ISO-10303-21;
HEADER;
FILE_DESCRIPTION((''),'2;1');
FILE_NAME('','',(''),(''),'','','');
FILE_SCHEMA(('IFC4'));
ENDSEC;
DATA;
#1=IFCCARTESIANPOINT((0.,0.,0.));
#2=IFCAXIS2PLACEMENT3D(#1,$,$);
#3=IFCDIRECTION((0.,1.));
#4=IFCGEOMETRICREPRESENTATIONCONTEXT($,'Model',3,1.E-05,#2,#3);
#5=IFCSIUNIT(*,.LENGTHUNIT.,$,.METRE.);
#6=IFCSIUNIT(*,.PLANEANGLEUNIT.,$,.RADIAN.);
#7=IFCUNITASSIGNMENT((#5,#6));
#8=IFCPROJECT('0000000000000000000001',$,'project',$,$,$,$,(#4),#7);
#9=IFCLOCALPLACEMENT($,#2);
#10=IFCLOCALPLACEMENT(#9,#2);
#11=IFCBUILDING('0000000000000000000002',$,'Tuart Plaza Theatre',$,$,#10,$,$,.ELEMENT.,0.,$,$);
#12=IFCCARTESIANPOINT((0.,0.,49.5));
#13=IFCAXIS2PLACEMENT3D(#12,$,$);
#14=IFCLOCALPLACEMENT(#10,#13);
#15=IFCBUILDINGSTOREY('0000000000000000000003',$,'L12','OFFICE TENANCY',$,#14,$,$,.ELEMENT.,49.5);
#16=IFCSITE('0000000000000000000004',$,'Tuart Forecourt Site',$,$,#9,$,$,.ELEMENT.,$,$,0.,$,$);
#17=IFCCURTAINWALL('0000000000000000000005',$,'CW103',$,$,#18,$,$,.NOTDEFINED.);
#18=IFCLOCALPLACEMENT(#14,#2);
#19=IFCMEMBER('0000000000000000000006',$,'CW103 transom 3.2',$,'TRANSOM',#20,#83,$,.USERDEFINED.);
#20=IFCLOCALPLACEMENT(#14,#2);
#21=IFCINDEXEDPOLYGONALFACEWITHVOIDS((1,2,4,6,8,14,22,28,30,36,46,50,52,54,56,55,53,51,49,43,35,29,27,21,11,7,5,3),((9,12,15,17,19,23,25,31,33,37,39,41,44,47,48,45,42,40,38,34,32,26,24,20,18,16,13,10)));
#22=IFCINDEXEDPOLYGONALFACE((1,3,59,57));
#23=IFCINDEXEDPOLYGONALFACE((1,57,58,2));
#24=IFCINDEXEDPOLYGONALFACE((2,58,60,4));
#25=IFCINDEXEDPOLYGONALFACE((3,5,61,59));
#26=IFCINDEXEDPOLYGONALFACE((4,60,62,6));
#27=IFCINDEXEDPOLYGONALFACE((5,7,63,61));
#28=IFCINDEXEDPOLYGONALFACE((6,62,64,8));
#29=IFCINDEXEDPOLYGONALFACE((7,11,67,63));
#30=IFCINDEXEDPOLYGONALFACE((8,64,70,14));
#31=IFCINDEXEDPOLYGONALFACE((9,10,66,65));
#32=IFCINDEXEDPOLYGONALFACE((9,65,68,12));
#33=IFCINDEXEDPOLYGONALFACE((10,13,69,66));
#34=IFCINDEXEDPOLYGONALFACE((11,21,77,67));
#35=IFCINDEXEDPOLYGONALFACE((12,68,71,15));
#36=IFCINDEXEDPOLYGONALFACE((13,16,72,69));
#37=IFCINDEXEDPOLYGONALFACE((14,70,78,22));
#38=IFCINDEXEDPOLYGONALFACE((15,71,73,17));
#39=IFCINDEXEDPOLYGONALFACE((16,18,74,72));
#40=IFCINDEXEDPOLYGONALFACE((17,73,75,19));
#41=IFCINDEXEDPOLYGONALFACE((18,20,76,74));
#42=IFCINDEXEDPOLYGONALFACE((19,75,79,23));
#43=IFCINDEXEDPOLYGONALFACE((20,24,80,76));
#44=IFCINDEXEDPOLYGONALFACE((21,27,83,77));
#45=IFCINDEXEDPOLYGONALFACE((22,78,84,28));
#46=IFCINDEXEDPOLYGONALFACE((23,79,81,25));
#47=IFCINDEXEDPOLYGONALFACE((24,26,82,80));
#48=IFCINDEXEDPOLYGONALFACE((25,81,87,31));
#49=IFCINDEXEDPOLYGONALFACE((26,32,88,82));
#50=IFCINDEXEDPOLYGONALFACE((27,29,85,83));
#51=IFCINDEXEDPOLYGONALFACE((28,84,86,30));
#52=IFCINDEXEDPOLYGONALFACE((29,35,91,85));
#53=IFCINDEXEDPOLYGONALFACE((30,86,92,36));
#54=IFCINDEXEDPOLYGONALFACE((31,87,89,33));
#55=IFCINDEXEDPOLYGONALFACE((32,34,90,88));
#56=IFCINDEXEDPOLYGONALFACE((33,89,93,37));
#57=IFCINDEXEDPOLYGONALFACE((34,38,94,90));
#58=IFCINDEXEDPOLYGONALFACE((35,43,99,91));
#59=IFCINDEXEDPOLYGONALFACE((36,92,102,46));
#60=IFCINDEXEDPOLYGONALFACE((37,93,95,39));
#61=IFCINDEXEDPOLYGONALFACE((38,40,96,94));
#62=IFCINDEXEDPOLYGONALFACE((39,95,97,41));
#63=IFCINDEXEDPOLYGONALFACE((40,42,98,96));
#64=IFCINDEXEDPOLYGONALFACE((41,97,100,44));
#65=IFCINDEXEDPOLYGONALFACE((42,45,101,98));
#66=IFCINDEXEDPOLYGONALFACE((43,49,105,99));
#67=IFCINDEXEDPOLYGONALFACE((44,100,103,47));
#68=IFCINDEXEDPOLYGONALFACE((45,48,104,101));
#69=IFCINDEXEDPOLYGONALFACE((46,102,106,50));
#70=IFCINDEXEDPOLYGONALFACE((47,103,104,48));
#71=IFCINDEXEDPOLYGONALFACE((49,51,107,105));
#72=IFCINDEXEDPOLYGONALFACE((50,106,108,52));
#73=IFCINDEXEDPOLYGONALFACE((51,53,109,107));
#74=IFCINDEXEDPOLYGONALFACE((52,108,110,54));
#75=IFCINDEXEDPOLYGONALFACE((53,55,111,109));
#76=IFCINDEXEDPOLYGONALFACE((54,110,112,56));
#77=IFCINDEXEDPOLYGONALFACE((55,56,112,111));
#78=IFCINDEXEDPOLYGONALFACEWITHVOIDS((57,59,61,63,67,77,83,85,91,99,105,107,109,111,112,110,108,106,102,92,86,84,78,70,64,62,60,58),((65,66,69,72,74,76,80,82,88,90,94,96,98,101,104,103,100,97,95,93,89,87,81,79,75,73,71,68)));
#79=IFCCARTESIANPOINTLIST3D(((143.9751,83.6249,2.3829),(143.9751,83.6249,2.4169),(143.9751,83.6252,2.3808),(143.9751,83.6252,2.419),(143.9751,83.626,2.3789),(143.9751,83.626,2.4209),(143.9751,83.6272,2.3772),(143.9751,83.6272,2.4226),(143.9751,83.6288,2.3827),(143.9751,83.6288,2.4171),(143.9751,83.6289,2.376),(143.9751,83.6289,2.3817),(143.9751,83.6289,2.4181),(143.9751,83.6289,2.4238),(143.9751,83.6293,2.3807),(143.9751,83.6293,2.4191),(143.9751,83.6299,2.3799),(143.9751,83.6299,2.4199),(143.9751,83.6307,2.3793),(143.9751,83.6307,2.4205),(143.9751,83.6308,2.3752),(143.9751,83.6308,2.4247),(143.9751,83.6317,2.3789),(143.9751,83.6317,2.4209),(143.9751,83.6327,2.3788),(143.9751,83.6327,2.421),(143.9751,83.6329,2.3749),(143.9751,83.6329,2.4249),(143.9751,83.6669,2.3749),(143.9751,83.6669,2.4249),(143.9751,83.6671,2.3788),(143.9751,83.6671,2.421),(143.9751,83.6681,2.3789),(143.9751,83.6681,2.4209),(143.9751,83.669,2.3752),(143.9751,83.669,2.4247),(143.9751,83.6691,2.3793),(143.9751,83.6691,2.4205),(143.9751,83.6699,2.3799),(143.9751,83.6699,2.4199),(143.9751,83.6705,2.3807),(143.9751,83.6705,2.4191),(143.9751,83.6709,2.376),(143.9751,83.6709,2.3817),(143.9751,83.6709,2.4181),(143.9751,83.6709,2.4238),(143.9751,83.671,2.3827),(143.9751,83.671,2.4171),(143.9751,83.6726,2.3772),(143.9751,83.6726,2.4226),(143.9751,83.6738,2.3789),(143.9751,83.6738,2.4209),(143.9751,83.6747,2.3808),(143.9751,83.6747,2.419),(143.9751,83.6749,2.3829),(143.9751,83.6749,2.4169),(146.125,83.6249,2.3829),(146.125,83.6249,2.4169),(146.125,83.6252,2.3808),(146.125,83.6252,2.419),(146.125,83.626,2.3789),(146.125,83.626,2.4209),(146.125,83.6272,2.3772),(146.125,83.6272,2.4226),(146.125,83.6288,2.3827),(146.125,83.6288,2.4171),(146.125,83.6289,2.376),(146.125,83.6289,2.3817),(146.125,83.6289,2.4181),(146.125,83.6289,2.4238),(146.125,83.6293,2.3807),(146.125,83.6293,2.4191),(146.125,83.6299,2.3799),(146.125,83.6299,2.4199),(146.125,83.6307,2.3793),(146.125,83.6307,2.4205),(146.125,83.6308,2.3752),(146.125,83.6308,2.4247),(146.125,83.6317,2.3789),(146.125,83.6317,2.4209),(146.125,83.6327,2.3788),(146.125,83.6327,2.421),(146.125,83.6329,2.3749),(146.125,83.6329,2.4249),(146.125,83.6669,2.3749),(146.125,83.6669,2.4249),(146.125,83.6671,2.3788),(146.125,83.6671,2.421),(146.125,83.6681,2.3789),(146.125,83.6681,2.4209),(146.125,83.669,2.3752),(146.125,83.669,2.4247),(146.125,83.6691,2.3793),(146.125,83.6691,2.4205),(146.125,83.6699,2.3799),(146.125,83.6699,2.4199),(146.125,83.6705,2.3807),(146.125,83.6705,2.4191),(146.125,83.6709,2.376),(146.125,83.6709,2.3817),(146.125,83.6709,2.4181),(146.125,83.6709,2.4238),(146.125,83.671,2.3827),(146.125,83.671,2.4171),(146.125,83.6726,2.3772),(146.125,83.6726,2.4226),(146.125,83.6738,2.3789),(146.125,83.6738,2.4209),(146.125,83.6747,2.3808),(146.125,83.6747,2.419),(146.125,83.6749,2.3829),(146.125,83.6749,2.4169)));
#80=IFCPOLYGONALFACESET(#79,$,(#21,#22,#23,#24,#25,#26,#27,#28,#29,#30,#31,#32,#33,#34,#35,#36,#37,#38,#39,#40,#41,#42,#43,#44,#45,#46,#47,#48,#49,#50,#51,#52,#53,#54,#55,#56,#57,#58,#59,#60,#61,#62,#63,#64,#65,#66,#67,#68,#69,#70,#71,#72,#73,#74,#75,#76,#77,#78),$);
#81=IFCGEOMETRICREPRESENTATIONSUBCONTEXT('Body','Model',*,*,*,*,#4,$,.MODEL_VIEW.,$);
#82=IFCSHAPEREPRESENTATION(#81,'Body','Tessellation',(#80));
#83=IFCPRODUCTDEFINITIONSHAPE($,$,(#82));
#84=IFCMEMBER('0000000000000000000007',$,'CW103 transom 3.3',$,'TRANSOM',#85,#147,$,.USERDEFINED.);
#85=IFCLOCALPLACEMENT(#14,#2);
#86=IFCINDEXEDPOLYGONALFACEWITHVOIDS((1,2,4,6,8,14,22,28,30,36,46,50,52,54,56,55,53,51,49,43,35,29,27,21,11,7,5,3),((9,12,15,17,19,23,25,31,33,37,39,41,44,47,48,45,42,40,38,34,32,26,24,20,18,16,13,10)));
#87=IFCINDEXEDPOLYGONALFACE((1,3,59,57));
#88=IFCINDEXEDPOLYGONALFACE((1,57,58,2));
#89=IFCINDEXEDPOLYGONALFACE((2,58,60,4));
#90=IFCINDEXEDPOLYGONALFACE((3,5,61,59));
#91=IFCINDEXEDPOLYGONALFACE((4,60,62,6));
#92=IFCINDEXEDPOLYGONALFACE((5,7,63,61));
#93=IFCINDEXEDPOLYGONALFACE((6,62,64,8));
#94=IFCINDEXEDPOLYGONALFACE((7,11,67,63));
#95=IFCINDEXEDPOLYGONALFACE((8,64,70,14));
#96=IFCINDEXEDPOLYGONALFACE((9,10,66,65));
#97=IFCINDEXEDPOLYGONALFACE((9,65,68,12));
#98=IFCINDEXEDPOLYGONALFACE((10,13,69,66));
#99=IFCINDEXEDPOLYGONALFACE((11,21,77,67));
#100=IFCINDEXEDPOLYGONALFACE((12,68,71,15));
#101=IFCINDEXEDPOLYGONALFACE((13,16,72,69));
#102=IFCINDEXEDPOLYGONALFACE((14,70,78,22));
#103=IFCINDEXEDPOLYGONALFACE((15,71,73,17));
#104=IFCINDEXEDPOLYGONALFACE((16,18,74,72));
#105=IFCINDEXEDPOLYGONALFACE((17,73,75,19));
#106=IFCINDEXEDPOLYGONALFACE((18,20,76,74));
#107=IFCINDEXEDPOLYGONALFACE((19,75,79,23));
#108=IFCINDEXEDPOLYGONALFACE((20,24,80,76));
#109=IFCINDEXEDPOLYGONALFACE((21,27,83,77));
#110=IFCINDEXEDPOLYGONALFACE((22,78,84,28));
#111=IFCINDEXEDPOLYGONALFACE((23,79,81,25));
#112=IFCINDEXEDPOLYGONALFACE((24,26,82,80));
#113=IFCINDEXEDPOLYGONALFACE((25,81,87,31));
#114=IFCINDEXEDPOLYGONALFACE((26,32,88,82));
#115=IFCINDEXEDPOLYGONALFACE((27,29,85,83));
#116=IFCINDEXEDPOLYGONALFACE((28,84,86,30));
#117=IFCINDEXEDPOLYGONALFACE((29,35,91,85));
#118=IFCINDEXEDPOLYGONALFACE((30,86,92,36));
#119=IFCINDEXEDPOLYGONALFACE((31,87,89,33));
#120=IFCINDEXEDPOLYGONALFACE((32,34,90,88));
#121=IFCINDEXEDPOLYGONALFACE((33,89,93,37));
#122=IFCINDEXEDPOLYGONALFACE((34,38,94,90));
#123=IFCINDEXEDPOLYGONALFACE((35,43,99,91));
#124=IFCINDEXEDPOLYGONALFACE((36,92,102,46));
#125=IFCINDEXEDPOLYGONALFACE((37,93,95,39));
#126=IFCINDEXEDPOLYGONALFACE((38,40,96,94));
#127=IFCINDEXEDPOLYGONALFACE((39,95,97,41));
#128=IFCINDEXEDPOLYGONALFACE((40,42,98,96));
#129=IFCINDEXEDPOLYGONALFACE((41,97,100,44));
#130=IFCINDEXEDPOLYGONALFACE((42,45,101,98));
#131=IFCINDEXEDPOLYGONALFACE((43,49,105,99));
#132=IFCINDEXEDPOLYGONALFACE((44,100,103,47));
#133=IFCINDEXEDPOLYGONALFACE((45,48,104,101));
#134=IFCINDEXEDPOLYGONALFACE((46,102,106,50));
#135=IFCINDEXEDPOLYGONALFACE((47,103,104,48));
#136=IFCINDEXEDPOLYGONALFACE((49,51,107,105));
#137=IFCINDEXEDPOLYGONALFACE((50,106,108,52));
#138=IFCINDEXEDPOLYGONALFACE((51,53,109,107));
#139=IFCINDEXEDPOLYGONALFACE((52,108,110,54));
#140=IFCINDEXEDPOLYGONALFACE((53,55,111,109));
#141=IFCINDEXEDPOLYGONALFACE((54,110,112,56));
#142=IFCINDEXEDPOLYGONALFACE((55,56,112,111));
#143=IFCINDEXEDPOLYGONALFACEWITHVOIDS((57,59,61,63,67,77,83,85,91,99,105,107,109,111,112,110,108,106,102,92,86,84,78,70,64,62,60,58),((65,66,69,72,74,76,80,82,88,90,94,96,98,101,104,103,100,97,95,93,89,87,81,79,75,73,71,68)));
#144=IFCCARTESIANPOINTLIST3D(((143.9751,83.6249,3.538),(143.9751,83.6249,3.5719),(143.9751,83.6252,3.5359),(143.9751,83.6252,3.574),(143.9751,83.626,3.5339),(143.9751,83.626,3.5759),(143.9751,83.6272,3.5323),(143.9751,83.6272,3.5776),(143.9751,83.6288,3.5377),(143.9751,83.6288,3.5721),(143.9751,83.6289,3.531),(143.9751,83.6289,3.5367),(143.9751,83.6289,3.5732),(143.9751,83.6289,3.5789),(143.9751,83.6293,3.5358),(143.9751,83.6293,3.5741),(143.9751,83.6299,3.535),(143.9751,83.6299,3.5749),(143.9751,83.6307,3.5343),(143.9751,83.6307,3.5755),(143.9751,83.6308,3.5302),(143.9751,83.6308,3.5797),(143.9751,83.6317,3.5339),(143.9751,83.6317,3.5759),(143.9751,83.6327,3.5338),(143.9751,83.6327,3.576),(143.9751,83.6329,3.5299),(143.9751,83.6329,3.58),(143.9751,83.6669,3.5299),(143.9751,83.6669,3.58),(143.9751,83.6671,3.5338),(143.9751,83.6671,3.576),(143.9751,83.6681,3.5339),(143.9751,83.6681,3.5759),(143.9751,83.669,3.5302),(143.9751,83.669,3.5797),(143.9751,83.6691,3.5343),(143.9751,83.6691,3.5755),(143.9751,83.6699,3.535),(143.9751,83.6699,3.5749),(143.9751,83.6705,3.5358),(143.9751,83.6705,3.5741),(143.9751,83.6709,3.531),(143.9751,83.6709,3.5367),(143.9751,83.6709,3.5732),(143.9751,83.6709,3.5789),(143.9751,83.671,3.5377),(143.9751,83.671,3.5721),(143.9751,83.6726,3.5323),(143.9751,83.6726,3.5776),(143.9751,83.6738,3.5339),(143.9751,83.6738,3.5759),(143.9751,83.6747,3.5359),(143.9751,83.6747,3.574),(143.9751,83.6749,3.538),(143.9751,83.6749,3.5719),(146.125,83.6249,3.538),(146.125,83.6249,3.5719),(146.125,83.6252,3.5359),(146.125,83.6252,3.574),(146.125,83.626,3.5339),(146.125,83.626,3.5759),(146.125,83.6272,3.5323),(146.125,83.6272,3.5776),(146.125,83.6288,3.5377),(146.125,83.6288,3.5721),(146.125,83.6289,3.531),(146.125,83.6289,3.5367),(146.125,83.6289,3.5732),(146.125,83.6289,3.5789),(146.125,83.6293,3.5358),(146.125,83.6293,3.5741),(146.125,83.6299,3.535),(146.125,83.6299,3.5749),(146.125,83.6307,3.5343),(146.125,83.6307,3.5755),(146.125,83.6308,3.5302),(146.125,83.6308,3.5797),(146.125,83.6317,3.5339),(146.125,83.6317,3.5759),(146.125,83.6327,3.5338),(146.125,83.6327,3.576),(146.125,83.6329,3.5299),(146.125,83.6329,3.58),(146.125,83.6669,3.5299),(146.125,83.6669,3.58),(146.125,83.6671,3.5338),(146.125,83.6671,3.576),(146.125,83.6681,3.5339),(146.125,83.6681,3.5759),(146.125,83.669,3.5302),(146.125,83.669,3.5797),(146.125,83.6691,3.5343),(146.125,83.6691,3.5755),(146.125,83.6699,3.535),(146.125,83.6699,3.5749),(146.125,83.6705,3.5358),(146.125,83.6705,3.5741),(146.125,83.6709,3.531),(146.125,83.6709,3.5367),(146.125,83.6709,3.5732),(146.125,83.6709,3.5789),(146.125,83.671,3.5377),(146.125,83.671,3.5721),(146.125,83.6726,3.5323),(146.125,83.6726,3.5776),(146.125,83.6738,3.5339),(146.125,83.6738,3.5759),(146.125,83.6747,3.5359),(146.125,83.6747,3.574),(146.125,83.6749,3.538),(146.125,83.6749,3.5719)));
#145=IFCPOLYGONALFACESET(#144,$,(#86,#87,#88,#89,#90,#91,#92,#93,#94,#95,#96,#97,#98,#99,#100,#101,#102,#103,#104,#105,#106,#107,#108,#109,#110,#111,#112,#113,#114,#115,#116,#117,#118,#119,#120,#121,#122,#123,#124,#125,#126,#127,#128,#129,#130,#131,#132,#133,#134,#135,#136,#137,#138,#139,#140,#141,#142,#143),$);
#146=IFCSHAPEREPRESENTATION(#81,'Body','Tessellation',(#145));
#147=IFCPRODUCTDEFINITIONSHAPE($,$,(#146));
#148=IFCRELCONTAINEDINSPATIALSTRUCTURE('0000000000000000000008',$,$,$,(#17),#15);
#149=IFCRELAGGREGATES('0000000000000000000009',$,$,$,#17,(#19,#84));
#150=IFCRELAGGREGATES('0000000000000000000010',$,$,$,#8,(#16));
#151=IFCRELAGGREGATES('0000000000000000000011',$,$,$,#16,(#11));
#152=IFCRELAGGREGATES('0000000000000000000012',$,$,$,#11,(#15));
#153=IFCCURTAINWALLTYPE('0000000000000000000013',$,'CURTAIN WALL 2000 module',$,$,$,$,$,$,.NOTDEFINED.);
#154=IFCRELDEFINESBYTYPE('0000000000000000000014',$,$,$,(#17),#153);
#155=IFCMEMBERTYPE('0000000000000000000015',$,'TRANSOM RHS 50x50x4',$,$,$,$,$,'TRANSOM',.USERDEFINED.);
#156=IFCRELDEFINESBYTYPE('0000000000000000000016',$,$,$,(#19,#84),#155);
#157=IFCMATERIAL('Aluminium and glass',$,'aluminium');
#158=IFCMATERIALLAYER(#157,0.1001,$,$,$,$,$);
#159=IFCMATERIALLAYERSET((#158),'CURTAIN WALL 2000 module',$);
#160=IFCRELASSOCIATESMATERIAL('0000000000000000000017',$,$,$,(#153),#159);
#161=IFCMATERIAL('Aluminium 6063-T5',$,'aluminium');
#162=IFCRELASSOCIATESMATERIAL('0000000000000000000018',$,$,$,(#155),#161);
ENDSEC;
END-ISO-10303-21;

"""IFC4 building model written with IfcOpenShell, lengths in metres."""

from ifc_helpers import new_model, si_unit, direction, frame, origin, origin_2d, place, context, subcontext, project, spatial, hollow_rectangle, extrude, material, layer, layer_set, material_profile, profile_set, type_object, element, aggregate, save


model = new_model("IFC4")

# Units and contexts
model_context = context("Model", 3, precision=1e-05, world=origin(), true_north=direction((0.0, 1.0)))
body_context = subcontext(model_context, "Body", "Model", "MODEL_VIEW")
ifc_project = project(units=[si_unit("LENGTHUNIT", "METRE"), si_unit("PLANEANGLEUNIT", "RADIAN")], contexts=[model_context])

# Site, building, storey
site_placement = place(None, origin())
site = spatial("IfcSite", under=ifc_project, at=site_placement, Name="Tuart Forecourt Site", CompositionType="ELEMENT", RefElevation=0.0)
building_placement = place(site_placement, origin())
building = spatial("IfcBuilding", under=site, at=building_placement, Name="Tuart Plaza Theatre", CompositionType="ELEMENT", ElevationOfRefHeight=0.0)
storey_placement = place(building_placement, frame((0.0, 0.0, 49.5)))
storey = spatial("IfcBuildingStorey", under=building, at=storey_placement, Name="L12", Description="OFFICE TENANCY", CompositionType="ELEMENT", Elevation=49.5)

# Curtain wall, members
ifc_material_1 = material(Name="Aluminium and glass", Category="aluminium")
ifc_layer_1 = layer(ifc_material_1, 0.1001)
ifc_layer_set_1 = layer_set([ifc_layer_1], Name="CURTAIN WALL 2000 module")
curtain_wall_type = type_object("IfcCurtainWallType", Name="CURTAIN WALL 2000 module", PredefinedType="NOTDEFINED", material=ifc_layer_set_1)
curtain_wall_1_placement = place(storey_placement, origin())
curtain_wall_1 = element("IfcCurtainWall", 1, at=curtain_wall_1_placement, inside=storey, type_object=curtain_wall_type, Name="CW103", PredefinedType="NOTDEFINED")
ifc_material_2 = material(Name="Aluminium 6063-T5", Category="aluminium")
ifc_material_profile_1 = material_profile(ifc_material_2, hollow_rectangle(XDim=0.05, YDim=0.05, WallThickness=0.0039, InnerFilletRadius=0.0039, OuterFilletRadius=0.0081, at=origin_2d()), Name="RHS 50x50x4")
ifc_profile_set_1 = profile_set([ifc_material_profile_1], Name="Aluminium 6063-T5")
member_type_1 = type_object("IfcMemberType", Name="TRANSOM RHS 50x50x4", ElementType="TRANSOM", PredefinedType="USERDEFINED", material=ifc_profile_set_1)
member_1_placement = place(storey_placement, frame((146.125, 83.6499, 2.3999), z_axis=(-1.0, 0.0, 0.0), x_axis=(0.0, -1.0, 0.0)))
member_1 = element("IfcMember", 2, at=member_1_placement, type_object=member_type_1, Name="CW103 transom 3.2", ObjectType="TRANSOM", PredefinedType="USERDEFINED", context=body_context, shape_type="SweptSolid", body=[
    extrude(hollow_rectangle(XDim=0.05, YDim=0.05, WallThickness=0.0039, InnerFilletRadius=0.0039, OuterFilletRadius=0.0081, at=origin_2d()), origin(), (0.0, 0.0, 1.0), 2.1499),
])
member_2_placement = place(storey_placement, frame((146.125, 83.6499, 3.5549), z_axis=(-1.0, 0.0, 0.0), x_axis=(0.0, -1.0, 0.0)))
member_2 = element("IfcMember", 3, at=member_2_placement, type_object=member_type_1, Name="CW103 transom 3.3", ObjectType="TRANSOM", PredefinedType="USERDEFINED", context=body_context, shape_type="SweptSolid", body=[
    extrude(hollow_rectangle(XDim=0.05, YDim=0.05, WallThickness=0.0039, InnerFilletRadius=0.0039, OuterFilletRadius=0.0081, at=origin_2d()), origin(), (0.0, 0.0, 1.0), 2.1499),
])

aggregate(curtain_wall_1, [member_1, member_2])

save(model, "model.ifc")
